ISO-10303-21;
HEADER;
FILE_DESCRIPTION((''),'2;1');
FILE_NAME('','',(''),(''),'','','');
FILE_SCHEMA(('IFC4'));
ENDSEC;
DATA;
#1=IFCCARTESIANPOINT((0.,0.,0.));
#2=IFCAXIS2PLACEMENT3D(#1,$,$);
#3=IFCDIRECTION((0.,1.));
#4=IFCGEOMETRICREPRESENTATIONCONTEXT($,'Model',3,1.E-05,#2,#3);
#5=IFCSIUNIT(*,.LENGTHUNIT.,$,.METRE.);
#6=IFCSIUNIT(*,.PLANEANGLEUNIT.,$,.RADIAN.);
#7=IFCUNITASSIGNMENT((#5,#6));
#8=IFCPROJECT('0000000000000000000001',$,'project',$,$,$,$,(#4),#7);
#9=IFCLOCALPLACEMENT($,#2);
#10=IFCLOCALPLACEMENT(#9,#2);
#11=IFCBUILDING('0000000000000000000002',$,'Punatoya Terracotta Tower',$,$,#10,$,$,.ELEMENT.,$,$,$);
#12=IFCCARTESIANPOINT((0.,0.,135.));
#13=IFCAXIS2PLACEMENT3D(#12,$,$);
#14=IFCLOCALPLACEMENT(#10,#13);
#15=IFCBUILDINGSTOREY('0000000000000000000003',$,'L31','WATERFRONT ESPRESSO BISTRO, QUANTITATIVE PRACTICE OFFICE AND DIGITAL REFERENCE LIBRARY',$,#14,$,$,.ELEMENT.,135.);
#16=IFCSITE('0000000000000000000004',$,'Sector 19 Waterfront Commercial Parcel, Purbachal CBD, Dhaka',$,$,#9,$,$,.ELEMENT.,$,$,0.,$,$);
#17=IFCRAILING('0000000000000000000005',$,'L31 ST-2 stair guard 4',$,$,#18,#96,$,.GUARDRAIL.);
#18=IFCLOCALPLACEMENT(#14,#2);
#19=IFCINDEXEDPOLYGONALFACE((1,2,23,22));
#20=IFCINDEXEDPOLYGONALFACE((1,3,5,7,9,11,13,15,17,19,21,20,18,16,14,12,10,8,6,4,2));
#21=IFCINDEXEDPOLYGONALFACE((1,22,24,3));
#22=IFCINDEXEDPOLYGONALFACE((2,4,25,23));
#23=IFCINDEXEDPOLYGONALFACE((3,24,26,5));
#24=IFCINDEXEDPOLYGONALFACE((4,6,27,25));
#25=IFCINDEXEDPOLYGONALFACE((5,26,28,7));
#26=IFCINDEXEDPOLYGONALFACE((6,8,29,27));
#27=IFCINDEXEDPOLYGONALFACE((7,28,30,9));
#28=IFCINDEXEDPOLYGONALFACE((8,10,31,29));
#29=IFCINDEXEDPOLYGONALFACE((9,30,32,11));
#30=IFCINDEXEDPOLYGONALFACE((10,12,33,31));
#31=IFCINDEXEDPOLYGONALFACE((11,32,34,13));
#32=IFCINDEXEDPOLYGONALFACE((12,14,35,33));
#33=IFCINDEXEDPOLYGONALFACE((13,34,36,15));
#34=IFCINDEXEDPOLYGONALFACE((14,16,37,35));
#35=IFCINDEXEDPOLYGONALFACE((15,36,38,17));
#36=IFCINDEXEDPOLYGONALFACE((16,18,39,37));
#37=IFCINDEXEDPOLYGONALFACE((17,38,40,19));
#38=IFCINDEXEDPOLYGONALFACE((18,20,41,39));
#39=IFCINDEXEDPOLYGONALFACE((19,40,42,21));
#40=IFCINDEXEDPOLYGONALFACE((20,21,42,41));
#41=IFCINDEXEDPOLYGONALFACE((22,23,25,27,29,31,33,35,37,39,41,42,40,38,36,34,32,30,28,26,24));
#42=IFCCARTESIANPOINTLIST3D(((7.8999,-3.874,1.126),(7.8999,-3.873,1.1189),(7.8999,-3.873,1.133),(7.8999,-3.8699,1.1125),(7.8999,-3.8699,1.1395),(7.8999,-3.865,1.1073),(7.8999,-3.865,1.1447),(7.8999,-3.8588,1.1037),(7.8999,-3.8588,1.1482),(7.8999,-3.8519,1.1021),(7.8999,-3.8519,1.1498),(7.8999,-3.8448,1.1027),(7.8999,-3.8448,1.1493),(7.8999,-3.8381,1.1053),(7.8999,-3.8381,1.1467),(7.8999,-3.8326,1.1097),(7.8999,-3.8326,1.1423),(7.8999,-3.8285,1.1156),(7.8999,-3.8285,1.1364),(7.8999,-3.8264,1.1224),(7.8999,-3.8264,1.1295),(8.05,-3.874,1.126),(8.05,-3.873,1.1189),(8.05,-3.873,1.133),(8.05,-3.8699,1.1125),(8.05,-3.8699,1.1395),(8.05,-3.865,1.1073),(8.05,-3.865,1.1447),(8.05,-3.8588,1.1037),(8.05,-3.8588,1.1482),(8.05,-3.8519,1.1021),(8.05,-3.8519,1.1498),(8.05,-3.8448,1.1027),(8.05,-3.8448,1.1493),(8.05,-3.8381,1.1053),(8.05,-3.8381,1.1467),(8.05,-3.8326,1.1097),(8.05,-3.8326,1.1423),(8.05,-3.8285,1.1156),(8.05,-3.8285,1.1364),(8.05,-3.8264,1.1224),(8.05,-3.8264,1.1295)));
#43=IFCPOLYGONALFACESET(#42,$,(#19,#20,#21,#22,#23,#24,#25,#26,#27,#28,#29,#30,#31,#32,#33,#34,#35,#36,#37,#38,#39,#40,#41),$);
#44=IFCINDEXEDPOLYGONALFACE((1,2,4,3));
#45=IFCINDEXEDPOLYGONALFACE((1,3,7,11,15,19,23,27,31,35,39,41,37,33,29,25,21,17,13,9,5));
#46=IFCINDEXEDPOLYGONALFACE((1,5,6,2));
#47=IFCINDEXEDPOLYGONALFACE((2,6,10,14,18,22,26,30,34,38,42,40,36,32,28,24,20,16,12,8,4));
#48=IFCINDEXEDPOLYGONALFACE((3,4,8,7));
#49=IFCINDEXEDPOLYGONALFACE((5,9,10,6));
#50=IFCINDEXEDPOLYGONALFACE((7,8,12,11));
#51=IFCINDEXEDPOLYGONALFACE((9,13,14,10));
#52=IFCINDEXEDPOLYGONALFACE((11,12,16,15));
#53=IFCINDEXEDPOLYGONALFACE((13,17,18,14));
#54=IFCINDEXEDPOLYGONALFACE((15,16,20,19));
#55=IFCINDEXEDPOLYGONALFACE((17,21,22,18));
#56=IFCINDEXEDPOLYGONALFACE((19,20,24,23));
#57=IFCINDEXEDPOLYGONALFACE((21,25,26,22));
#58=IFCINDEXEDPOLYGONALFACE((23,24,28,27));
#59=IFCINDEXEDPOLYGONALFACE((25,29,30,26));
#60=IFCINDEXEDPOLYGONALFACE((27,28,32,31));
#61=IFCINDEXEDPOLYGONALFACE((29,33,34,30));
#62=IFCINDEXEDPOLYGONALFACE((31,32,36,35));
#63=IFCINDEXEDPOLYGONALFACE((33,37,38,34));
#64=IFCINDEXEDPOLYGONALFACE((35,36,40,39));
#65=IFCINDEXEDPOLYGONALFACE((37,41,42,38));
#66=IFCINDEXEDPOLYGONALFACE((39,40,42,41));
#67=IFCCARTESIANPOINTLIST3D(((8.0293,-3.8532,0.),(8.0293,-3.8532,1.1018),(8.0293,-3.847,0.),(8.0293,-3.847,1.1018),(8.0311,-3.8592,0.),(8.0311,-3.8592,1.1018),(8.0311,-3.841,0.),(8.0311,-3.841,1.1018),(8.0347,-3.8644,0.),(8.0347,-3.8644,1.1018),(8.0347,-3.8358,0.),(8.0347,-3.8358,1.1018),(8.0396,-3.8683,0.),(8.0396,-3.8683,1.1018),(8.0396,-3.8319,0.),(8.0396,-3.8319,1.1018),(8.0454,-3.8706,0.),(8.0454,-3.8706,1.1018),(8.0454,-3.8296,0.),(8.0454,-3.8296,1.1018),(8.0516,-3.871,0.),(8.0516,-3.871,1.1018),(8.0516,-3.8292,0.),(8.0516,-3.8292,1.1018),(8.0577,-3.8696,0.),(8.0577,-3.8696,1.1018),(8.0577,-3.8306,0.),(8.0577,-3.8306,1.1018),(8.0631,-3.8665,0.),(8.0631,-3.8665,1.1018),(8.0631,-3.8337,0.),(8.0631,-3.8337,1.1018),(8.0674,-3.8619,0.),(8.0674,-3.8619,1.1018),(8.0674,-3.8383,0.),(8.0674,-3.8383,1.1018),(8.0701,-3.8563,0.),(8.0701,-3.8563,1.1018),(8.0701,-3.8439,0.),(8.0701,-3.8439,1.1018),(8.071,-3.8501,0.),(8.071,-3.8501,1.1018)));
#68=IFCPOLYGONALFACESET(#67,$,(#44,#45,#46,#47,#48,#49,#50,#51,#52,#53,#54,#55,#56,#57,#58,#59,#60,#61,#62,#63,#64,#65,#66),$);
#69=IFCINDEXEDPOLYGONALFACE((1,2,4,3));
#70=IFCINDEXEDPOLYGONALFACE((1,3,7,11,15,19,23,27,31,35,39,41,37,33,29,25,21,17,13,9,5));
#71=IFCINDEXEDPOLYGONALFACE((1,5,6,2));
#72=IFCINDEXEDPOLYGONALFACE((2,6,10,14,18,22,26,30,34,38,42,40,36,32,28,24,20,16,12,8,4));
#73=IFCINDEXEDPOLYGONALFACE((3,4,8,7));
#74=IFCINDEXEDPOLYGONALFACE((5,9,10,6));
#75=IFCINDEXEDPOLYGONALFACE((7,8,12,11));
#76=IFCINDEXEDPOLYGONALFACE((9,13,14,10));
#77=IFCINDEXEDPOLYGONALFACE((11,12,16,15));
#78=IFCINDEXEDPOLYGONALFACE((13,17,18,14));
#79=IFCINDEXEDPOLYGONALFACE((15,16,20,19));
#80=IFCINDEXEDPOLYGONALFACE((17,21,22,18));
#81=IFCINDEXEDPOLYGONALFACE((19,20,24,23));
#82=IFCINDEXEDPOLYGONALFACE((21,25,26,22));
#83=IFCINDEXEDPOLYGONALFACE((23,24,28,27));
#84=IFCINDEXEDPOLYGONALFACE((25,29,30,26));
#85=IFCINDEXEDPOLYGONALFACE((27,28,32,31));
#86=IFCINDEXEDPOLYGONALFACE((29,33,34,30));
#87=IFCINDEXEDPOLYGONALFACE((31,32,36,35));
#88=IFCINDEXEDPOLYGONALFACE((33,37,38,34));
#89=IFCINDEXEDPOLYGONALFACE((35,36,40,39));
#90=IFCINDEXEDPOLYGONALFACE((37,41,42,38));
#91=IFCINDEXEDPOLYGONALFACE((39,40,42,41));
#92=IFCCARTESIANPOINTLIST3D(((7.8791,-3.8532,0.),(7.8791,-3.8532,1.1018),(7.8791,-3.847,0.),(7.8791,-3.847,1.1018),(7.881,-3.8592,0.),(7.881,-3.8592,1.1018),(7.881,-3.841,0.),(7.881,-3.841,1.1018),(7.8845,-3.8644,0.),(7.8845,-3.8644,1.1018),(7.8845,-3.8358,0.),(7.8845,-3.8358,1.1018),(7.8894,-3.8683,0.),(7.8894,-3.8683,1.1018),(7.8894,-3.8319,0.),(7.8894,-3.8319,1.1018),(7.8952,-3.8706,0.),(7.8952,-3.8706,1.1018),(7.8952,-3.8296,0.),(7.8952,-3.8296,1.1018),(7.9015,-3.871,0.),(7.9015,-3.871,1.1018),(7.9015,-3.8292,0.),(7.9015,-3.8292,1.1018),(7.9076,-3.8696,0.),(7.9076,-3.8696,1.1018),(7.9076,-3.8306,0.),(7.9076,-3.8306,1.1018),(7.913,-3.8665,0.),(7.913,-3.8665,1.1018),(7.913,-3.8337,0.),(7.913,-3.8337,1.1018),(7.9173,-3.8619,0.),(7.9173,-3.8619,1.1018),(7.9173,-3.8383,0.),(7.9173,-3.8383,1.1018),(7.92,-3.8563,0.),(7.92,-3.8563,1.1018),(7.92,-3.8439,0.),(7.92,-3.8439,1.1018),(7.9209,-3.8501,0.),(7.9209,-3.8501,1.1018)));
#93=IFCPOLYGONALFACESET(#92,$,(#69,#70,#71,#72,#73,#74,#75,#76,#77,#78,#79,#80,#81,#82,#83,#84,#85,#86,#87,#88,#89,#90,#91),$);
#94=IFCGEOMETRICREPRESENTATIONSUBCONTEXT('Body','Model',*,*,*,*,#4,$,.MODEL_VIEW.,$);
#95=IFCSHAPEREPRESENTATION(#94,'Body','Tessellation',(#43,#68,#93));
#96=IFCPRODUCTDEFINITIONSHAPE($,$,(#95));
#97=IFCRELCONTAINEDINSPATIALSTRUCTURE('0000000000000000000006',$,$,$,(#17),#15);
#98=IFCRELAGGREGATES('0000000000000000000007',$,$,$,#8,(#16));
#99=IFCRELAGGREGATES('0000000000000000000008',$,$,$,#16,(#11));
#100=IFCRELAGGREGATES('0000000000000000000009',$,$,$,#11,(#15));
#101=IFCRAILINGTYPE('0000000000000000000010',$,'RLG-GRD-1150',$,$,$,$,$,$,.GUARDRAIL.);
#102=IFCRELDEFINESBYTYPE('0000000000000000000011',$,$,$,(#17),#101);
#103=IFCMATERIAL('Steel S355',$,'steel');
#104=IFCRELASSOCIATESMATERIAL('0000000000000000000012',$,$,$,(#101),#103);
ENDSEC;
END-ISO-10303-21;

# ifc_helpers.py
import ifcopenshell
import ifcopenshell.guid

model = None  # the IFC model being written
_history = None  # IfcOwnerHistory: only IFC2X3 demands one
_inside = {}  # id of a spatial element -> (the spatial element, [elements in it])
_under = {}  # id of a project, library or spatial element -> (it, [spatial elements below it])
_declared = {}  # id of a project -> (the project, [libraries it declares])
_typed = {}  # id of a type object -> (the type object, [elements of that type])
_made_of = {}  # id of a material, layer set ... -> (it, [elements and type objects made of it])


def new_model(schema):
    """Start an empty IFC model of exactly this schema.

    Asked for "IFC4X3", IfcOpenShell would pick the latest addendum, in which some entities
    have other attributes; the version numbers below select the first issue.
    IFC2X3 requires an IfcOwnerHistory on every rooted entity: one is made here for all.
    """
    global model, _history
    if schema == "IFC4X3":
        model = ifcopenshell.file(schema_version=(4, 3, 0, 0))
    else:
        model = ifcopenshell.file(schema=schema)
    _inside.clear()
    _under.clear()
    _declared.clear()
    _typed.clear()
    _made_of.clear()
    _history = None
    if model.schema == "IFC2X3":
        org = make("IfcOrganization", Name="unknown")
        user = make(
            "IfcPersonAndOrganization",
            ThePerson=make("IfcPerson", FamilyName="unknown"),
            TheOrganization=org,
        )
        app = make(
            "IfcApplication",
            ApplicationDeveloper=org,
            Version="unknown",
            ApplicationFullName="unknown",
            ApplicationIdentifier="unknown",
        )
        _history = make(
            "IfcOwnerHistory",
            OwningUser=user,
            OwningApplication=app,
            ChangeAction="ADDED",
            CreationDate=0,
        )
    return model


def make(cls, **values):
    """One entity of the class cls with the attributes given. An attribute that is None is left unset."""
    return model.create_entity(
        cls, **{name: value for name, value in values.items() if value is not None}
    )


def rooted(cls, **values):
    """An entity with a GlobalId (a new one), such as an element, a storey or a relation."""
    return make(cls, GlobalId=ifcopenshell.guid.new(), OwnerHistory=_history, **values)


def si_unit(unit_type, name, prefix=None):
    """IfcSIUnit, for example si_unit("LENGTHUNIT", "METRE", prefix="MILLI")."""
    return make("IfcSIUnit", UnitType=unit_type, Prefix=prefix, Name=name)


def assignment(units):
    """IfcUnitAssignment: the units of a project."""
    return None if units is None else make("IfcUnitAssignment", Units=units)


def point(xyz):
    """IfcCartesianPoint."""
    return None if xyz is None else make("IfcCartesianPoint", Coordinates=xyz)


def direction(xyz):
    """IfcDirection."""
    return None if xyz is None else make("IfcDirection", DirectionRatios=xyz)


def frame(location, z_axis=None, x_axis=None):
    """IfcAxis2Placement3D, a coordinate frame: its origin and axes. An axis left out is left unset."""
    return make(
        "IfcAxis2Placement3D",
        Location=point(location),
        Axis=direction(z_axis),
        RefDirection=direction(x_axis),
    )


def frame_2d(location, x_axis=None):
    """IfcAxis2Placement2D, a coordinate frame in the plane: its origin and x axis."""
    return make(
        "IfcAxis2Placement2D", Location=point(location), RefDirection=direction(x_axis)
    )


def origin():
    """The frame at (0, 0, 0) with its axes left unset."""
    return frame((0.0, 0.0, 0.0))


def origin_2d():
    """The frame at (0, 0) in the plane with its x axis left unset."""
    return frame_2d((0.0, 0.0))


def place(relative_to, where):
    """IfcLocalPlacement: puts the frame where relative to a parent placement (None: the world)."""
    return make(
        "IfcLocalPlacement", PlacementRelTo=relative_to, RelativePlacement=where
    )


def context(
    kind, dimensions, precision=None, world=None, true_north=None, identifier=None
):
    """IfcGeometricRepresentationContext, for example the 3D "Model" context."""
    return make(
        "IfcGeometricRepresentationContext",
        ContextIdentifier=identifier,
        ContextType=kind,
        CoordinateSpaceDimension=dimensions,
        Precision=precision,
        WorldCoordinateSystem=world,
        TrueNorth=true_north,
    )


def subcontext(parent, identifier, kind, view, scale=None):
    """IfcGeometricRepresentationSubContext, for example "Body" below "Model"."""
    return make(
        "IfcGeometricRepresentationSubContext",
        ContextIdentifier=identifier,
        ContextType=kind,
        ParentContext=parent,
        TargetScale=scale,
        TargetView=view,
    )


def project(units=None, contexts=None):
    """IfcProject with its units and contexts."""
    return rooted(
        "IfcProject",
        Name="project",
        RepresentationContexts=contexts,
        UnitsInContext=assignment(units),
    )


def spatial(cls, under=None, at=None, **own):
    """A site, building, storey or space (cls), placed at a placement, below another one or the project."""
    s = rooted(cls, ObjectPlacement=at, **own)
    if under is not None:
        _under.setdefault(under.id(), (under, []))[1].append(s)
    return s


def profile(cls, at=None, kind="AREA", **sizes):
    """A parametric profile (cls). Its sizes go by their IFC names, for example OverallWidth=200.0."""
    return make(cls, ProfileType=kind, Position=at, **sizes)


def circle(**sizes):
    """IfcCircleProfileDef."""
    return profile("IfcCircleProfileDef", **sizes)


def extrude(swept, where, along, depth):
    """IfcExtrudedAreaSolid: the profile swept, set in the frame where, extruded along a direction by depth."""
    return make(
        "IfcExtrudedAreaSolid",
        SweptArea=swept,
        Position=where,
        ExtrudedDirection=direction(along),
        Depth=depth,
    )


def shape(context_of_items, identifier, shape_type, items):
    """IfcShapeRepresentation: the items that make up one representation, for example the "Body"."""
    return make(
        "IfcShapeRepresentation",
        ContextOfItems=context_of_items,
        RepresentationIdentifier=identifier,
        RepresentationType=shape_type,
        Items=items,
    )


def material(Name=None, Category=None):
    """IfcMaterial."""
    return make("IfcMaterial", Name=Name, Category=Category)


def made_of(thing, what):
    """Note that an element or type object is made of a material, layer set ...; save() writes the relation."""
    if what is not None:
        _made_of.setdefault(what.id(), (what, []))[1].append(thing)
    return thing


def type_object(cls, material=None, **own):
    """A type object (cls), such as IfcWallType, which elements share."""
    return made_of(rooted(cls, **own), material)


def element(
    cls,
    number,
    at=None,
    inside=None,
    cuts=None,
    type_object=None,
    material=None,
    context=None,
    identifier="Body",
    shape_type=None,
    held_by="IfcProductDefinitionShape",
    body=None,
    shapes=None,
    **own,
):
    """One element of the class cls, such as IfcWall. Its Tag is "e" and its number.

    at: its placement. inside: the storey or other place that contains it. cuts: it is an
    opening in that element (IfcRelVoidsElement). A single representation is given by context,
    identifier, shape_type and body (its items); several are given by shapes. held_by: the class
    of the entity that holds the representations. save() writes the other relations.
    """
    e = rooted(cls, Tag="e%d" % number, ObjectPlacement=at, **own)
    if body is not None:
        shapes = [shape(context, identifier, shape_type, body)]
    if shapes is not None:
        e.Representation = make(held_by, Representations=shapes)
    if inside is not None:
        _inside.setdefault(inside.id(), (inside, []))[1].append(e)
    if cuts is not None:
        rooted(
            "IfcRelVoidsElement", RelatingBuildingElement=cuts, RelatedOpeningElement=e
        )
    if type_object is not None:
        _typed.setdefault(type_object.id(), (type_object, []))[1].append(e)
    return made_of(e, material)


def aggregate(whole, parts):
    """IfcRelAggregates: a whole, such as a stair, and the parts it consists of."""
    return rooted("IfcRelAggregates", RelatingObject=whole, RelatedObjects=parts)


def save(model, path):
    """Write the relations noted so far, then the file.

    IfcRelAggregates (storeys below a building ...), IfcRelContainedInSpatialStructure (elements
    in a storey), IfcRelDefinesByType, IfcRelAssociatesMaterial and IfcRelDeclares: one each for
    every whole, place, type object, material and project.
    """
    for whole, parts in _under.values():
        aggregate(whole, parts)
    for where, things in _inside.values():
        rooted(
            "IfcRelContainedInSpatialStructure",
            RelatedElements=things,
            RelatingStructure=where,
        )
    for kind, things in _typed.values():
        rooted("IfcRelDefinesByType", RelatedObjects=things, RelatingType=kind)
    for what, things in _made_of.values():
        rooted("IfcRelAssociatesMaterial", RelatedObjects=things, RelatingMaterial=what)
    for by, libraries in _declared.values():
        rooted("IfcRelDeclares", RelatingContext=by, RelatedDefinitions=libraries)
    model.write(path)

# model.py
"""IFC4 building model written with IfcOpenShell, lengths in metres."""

from ifc_helpers import new_model, si_unit, direction, frame, origin, origin_2d, place, context, subcontext, project, spatial, circle, extrude, material, type_object, element, save


model = new_model("IFC4")

# Units and contexts
model_context = context("Model", 3, precision=1e-05, world=origin(), true_north=direction((0.0, 1.0)))
body_context = subcontext(model_context, "Body", "Model", "MODEL_VIEW")
ifc_project = project(units=[si_unit("LENGTHUNIT", "METRE"), si_unit("PLANEANGLEUNIT", "RADIAN")], contexts=[model_context])

# Site, building, storey
site_placement = place(None, origin())
site = spatial("IfcSite", under=ifc_project, at=site_placement, Name="Sector 19 Waterfront Commercial Parcel, Purbachal CBD, Dhaka", CompositionType="ELEMENT", RefElevation=0.0)
building_placement = place(site_placement, origin())
building = spatial("IfcBuilding", under=site, at=building_placement, Name="Punatoya Terracotta Tower", CompositionType="ELEMENT")
storey_placement = place(building_placement, frame((0.0, 0.0, 135.0)))
storey = spatial("IfcBuildingStorey", under=building, at=storey_placement, Name="L31", Description="WATERFRONT ESPRESSO BISTRO, QUANTITATIVE PRACTICE OFFICE AND DIGITAL REFERENCE LIBRARY", CompositionType="ELEMENT", Elevation=135.0)

# Shared definitions
ifc_material_1 = material(Name="Steel S355", Category="steel")

# Railing
railing_type_1 = type_object("IfcRailingType", Name="RLG-GRD-1150", PredefinedType="GUARDRAIL", material=ifc_material_1)
railing_1_placement = place(storey_placement, frame((8.05, -3.8501, 0.0)))
element("IfcRailing", 1, at=railing_1_placement, inside=storey, type_object=railing_type_1, Name="L31 ST-2 stair guard 4", PredefinedType="GUARDRAIL", context=body_context, shape_type="SweptSolid", body=[
    extrude(circle(Radius=0.0239, at=origin_2d()), frame((0.0, 0.0, 1.126), z_axis=(-1.0, 0.0, 0.0), x_axis=(0.0, -1.0, 0.0)), (0.0, 0.0, 1.0), 0.1501),
    extrude(circle(Radius=0.021, at=origin_2d()), origin(), (0.0, 0.0, 1.0), 1.1018),
    extrude(circle(Radius=0.021, at=origin_2d()), frame((-0.1501, 0.0, 0.0)), (0.0, 0.0, 1.0), 1.1018),
])

save(model, "model.ifc")
